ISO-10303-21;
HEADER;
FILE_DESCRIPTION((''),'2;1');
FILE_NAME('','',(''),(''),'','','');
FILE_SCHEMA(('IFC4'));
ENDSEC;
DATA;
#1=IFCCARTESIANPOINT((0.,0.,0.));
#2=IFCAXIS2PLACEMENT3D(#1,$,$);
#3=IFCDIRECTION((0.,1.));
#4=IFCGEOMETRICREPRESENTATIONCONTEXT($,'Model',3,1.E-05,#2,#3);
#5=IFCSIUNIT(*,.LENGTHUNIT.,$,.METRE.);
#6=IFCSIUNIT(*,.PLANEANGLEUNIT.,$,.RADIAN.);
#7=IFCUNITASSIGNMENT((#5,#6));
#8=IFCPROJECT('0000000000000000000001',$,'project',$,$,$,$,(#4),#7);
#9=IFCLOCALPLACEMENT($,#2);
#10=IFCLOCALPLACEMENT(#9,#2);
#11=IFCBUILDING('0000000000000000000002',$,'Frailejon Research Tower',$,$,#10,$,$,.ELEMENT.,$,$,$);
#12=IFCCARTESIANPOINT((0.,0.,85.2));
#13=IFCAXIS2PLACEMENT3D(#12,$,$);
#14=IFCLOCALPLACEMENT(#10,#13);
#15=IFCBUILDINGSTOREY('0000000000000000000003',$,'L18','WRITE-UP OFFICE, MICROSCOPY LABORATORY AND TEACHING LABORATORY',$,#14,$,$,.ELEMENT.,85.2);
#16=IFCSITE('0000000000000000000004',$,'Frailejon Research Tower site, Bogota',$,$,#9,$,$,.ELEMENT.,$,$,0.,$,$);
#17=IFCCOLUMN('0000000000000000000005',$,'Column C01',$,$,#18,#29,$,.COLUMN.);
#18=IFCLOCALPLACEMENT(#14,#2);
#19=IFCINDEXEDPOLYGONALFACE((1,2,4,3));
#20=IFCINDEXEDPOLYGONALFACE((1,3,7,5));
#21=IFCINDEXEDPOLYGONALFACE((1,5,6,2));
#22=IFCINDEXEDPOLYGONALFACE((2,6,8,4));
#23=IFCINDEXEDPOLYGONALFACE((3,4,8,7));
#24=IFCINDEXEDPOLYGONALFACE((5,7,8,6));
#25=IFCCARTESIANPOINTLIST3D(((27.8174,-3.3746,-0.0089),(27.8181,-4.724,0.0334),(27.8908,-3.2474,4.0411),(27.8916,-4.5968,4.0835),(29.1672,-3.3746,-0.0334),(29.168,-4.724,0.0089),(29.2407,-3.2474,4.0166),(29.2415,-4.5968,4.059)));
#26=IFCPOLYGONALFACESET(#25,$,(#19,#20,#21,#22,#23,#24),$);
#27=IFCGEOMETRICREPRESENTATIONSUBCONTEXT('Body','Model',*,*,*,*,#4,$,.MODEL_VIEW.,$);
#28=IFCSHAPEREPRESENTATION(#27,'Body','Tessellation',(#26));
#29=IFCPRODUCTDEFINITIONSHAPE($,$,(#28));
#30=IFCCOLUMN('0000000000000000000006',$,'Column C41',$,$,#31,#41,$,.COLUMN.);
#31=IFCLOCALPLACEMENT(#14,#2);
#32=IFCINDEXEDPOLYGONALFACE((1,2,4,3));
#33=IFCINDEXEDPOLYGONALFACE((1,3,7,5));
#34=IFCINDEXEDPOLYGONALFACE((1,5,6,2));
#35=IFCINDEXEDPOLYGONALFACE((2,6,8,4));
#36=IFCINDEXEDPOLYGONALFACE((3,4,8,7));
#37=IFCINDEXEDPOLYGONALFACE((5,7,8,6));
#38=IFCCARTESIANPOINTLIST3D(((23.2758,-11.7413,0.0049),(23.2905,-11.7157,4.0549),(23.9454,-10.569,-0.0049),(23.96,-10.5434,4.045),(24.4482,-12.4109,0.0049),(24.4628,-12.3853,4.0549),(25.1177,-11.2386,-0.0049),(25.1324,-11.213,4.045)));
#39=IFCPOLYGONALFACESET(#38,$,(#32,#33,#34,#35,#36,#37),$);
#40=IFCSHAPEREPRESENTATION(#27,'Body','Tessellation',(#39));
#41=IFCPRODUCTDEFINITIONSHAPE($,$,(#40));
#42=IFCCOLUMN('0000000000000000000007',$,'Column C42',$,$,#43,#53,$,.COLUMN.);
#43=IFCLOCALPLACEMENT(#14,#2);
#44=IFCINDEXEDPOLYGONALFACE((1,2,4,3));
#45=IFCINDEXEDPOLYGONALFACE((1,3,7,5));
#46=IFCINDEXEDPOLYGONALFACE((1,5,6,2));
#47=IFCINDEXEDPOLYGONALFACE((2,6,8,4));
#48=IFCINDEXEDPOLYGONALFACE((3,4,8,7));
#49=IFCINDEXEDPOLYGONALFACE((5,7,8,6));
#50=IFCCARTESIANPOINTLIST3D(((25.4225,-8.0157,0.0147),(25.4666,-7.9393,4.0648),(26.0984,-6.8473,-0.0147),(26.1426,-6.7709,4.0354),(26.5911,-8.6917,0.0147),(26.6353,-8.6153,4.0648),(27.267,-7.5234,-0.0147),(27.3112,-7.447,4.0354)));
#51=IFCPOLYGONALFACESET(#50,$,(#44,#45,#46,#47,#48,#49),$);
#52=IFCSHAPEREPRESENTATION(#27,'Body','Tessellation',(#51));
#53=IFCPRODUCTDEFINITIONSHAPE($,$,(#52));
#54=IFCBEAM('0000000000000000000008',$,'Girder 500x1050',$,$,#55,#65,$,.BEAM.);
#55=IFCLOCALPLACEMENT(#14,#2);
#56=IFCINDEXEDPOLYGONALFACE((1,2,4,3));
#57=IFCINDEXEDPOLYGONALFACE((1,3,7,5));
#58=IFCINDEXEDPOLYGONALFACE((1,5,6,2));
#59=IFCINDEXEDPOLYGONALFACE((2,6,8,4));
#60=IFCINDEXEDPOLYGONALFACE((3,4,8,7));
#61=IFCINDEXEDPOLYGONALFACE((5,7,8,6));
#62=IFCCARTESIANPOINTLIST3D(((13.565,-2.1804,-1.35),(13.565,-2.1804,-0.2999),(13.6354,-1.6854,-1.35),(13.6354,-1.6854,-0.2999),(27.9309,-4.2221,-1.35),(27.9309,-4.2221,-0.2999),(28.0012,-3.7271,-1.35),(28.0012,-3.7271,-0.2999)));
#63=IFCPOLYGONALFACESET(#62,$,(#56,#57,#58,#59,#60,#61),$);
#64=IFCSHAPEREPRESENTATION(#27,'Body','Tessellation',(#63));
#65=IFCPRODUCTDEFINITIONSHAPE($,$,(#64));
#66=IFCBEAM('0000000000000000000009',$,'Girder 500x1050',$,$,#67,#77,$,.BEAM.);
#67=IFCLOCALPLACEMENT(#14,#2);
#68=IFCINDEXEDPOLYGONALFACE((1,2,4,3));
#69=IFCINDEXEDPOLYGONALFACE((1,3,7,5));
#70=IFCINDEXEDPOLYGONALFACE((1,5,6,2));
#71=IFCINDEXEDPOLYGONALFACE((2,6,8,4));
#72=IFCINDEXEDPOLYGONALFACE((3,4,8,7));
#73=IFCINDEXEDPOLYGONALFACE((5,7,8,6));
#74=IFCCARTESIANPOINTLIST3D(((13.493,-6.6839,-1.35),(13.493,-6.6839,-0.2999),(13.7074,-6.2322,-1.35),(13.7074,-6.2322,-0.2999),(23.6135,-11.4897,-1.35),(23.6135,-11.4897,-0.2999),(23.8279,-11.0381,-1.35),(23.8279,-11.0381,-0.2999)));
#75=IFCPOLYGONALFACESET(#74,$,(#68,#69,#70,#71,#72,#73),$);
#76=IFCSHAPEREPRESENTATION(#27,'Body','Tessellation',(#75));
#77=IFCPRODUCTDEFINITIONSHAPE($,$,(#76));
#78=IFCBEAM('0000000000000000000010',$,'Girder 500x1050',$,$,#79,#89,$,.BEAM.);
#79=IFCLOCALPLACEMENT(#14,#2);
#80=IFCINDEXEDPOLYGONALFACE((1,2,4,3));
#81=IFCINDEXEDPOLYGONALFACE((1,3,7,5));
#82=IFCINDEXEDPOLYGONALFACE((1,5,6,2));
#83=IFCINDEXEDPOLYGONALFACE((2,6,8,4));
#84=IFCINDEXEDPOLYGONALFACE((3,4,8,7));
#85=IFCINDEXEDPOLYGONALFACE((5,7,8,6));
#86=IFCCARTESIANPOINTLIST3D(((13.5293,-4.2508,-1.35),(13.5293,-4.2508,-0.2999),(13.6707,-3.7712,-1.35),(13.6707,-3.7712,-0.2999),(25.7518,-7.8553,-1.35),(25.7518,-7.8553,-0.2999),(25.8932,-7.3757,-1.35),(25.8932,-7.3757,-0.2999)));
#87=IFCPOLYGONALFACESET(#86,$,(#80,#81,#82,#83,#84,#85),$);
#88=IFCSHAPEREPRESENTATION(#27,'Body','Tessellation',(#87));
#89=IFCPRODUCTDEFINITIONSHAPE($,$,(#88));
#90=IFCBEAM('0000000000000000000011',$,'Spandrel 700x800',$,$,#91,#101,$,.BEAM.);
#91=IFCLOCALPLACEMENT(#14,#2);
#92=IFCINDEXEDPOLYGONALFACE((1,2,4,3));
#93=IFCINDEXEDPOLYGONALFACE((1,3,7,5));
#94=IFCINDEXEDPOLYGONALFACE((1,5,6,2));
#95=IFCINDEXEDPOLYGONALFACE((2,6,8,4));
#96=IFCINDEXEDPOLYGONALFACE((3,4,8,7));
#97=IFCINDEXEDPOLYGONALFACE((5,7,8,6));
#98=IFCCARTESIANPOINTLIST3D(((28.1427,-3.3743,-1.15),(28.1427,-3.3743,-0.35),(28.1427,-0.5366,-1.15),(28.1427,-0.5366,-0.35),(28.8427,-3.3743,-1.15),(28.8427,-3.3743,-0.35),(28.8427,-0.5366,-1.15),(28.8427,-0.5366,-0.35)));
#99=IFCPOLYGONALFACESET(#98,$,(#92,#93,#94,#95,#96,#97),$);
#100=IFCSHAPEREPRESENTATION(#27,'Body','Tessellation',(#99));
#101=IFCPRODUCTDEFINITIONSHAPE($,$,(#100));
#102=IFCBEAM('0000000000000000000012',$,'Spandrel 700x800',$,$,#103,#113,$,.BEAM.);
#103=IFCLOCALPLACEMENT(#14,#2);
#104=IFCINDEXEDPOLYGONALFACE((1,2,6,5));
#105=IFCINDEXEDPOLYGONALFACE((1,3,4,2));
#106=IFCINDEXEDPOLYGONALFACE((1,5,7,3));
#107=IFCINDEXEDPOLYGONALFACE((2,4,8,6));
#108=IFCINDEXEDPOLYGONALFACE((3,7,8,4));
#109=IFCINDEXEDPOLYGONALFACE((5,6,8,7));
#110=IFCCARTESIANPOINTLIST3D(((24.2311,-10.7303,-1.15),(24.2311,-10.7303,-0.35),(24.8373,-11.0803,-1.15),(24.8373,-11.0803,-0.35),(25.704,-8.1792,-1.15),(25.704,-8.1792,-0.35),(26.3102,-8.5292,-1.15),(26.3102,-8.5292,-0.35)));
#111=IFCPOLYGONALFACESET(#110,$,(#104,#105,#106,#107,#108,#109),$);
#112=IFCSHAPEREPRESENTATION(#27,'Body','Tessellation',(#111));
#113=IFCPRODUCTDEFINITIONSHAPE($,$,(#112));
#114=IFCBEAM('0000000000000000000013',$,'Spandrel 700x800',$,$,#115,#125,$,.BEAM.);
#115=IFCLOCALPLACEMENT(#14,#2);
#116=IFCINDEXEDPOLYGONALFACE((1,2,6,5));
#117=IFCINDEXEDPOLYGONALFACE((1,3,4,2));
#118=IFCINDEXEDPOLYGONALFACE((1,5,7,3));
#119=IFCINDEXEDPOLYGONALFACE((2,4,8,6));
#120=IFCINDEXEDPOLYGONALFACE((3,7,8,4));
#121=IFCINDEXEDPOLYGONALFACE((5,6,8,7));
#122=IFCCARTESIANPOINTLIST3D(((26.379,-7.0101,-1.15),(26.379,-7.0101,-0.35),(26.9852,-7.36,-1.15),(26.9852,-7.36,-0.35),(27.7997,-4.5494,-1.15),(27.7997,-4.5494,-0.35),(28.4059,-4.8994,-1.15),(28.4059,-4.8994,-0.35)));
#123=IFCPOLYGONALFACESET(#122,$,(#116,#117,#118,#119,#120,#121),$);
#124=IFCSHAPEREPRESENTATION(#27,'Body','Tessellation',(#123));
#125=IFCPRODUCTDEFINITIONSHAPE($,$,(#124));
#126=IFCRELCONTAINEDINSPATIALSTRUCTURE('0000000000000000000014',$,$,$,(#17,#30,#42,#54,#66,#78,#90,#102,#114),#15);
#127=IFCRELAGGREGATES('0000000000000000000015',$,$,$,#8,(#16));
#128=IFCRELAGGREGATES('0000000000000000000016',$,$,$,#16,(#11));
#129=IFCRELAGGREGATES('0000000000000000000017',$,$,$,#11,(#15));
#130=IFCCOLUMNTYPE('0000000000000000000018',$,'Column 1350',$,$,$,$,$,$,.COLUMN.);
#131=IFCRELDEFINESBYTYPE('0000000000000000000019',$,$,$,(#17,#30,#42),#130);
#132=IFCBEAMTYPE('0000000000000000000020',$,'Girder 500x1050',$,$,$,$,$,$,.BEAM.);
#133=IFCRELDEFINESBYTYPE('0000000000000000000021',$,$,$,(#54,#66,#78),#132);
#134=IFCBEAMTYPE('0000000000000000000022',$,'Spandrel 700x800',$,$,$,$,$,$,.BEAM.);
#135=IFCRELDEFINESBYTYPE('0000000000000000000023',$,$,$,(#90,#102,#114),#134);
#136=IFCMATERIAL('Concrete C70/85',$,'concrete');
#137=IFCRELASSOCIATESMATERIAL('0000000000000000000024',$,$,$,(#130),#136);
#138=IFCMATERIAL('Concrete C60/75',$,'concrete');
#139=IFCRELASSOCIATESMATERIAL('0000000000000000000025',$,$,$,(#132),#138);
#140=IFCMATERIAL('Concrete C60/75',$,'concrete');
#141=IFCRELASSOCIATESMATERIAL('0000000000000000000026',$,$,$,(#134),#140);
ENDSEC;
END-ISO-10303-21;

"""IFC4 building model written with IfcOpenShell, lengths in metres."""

from ifc_helpers import new_model, si_unit, direction, frame, origin, origin_2d, place, context, subcontext, project, spatial, rectangle, extrude, material, material_profile, profile_set, type_object, element, save


model = new_model("IFC4")

# Units and contexts
model_context = context("Model", 3, precision=1e-05, world=origin(), true_north=direction((0.0, 1.0)))
body_context = subcontext(model_context, "Body", "Model", "MODEL_VIEW")
ifc_project = project(units=[si_unit("LENGTHUNIT", "METRE"), si_unit("PLANEANGLEUNIT", "RADIAN")], contexts=[model_context])

# Site, building, storey
site_placement = place(None, origin())
site = spatial("IfcSite", under=ifc_project, at=site_placement, Name="Frailejon Research Tower site, Bogota", CompositionType="ELEMENT", RefElevation=0.0)
building_placement = place(site_placement, origin())
building = spatial("IfcBuilding", under=site, at=building_placement, Name="Frailejon Research Tower", CompositionType="ELEMENT")
storey_placement = place(building_placement, frame((0.0, 0.0, 85.2)))
storey = spatial("IfcBuildingStorey", under=building, at=storey_placement, Name="L18", Description="WRITE-UP OFFICE, MICROSCOPY LABORATORY AND TEACHING LABORATORY", CompositionType="ELEMENT", Elevation=85.2)

# Columns
ifc_material_1 = material(Name="Concrete C70/85", Category="concrete")
ifc_material_profile_1 = material_profile(ifc_material_1, rectangle(XDim=1.3501, YDim=1.3501, at=origin_2d()), Name="Column 1350")
ifc_profile_set_1 = profile_set([ifc_material_profile_1], Name="Concrete C70/85")
column_type = type_object("IfcColumnType", Name="Column 1350", PredefinedType="COLUMN", material=ifc_profile_set_1)
column_1_placement = place(storey_placement, frame((28.4927, -4.0493, 0.0), z_axis=(0.018133, 0.031386, 0.999343), x_axis=(-0.000565, 0.999507, -0.031381)))
element("IfcColumn", 1, at=column_1_placement, inside=storey, type_object=column_type, Name="Column C01", PredefinedType="COLUMN", context=body_context, shape_type="SweptSolid", body=[
    extrude(rectangle(XDim=1.3501, YDim=1.3501, at=origin_2d()), origin(), (0.0, 0.0, 1.0), 4.0527),
])
column_2_placement = place(storey_placement, frame((24.1968, -11.49, 0.0), z_axis=(0.003617, 0.006329, 0.999973), x_axis=(0.495951, 0.86832, -0.00729)))
element("IfcColumn", 2, at=column_2_placement, inside=storey, type_object=column_type, Name="Column C41", PredefinedType="COLUMN", context=body_context, shape_type="SweptSolid", body=[
    extrude(rectangle(XDim=1.3501, YDim=1.3501, at=origin_2d()), origin(), (0.0, 0.0, 1.0), 4.05),
])
column_3_placement = place(storey_placement, frame((26.3447, -7.7695, 0.0), z_axis=(0.010908, 0.018863, 0.999763), x_axis=(0.500638, 0.865382, -0.02179)))
element("IfcColumn", 3, at=column_3_placement, inside=storey, type_object=column_type, Name="Column C42", PredefinedType="COLUMN", context=body_context, shape_type="SweptSolid", body=[
    extrude(rectangle(XDim=1.3501, YDim=1.3501, at=origin_2d()), origin(), (0.0, 0.0, 1.0), 4.051),
])

# Beams
ifc_material_2 = material(Name="Concrete C60/75", Category="concrete")
ifc_material_profile_2 = material_profile(ifc_material_2, rectangle(XDim=0.5, YDim=1.05, at=origin_2d()), Name="Girder 500x1050")
ifc_profile_set_2 = profile_set([ifc_material_profile_2], Name="Concrete C60/75")
beam_type_1 = type_object("IfcBeamType", Name="Girder 500x1050", PredefinedType="BEAM", material=ifc_profile_set_2)
beam_1_placement = place(storey_placement, frame((27.9661, -3.9746, -0.825), z_axis=(-0.990051, 0.14071, 0.0), x_axis=(-0.14071, -0.990051, 0.0)))
element("IfcBeam", 4, at=beam_1_placement, inside=storey, type_object=beam_type_1, Name="Girder 500x1050", PredefinedType="BEAM", context=body_context, shape_type="SweptSolid", body=[
    extrude(rectangle(XDim=0.5, YDim=1.05, at=origin_2d()), origin(), (0.0, 0.0, 1.0), 14.5103),
])
beam_2_placement = place(storey_placement, frame((23.7207, -11.2639, -0.825), z_axis=(-0.903325, 0.428956, 0.0), x_axis=(-0.428956, -0.903325, 0.0)))
element("IfcBeam", 5, at=beam_2_placement, inside=storey, type_object=beam_type_1, Name="Girder 500x1050", PredefinedType="BEAM", context=body_context, shape_type="SweptSolid", body=[
    extrude(rectangle(XDim=0.5, YDim=1.05, at=origin_2d()), origin(), (0.0, 0.0, 1.0), 11.2036),
])
beam_3_placement = place(storey_placement, frame((25.8225, -7.6155, -0.825), z_axis=(-0.95916, 0.282864, 0.0), x_axis=(-0.282864, -0.95916, 0.0)))
element("IfcBeam", 6, at=beam_3_placement, inside=storey, type_object=beam_type_1, Name="Girder 500x1050", PredefinedType="BEAM", context=body_context, shape_type="SweptSolid", body=[
    extrude(rectangle(XDim=0.5, YDim=1.05, at=origin_2d()), origin(), (0.0, 0.0, 1.0), 12.7429),
])
ifc_material_3 = material(Name="Concrete C60/75", Category="concrete")
ifc_material_profile_3 = material_profile(ifc_material_3, rectangle(XDim=0.7, YDim=0.8, at=origin_2d()), Name="Spandrel 700x800")
ifc_profile_set_3 = profile_set([ifc_material_profile_3], Name="Concrete C60/75")
beam_type_2 = type_object("IfcBeamType", Name="Spandrel 700x800", PredefinedType="BEAM", material=ifc_profile_set_3)
beam_4_placement = place(storey_placement, frame((28.4927, -3.3743, -0.75), z_axis=(0.0, 1.0, 0.0), x_axis=(-1.0, 0.0, 0.0)))
element("IfcBeam", 7, at=beam_4_placement, inside=storey, type_object=beam_type_2, Name="Spandrel 700x800", PredefinedType="BEAM", context=body_context, shape_type="SweptSolid", body=[
    extrude(rectangle(XDim=0.7, YDim=0.8, at=origin_2d()), origin(), (0.0, 0.0, 1.0), 2.8376),
])
beam_5_placement = place(storey_placement, frame((24.5342, -10.9053, -0.75), z_axis=(0.500017, 0.866016, 0.0), x_axis=(-0.866016, 0.500017, 0.0)))
element("IfcBeam", 8, at=beam_5_placement, inside=storey, type_object=beam_type_2, Name="Spandrel 700x800", PredefinedType="BEAM", context=body_context, shape_type="SweptSolid", body=[
    extrude(rectangle(XDim=0.7, YDim=0.8, at=origin_2d()), origin(), (0.0, 0.0, 1.0), 2.9458),
])
beam_6_placement = place(storey_placement, frame((26.6821, -7.1851, -0.75), z_axis=(0.499993, 0.86603, 0.0), x_axis=(-0.86603, 0.499993, 0.0)))
element("IfcBeam", 9, at=beam_6_placement, inside=storey, type_object=beam_type_2, Name="Spandrel 700x800", PredefinedType="BEAM", context=body_context, shape_type="SweptSolid", body=[
    extrude(rectangle(XDim=0.7, YDim=0.8, at=origin_2d()), origin(), (0.0, 0.0, 1.0), 2.8413),
])

save(model, "model.ifc")
